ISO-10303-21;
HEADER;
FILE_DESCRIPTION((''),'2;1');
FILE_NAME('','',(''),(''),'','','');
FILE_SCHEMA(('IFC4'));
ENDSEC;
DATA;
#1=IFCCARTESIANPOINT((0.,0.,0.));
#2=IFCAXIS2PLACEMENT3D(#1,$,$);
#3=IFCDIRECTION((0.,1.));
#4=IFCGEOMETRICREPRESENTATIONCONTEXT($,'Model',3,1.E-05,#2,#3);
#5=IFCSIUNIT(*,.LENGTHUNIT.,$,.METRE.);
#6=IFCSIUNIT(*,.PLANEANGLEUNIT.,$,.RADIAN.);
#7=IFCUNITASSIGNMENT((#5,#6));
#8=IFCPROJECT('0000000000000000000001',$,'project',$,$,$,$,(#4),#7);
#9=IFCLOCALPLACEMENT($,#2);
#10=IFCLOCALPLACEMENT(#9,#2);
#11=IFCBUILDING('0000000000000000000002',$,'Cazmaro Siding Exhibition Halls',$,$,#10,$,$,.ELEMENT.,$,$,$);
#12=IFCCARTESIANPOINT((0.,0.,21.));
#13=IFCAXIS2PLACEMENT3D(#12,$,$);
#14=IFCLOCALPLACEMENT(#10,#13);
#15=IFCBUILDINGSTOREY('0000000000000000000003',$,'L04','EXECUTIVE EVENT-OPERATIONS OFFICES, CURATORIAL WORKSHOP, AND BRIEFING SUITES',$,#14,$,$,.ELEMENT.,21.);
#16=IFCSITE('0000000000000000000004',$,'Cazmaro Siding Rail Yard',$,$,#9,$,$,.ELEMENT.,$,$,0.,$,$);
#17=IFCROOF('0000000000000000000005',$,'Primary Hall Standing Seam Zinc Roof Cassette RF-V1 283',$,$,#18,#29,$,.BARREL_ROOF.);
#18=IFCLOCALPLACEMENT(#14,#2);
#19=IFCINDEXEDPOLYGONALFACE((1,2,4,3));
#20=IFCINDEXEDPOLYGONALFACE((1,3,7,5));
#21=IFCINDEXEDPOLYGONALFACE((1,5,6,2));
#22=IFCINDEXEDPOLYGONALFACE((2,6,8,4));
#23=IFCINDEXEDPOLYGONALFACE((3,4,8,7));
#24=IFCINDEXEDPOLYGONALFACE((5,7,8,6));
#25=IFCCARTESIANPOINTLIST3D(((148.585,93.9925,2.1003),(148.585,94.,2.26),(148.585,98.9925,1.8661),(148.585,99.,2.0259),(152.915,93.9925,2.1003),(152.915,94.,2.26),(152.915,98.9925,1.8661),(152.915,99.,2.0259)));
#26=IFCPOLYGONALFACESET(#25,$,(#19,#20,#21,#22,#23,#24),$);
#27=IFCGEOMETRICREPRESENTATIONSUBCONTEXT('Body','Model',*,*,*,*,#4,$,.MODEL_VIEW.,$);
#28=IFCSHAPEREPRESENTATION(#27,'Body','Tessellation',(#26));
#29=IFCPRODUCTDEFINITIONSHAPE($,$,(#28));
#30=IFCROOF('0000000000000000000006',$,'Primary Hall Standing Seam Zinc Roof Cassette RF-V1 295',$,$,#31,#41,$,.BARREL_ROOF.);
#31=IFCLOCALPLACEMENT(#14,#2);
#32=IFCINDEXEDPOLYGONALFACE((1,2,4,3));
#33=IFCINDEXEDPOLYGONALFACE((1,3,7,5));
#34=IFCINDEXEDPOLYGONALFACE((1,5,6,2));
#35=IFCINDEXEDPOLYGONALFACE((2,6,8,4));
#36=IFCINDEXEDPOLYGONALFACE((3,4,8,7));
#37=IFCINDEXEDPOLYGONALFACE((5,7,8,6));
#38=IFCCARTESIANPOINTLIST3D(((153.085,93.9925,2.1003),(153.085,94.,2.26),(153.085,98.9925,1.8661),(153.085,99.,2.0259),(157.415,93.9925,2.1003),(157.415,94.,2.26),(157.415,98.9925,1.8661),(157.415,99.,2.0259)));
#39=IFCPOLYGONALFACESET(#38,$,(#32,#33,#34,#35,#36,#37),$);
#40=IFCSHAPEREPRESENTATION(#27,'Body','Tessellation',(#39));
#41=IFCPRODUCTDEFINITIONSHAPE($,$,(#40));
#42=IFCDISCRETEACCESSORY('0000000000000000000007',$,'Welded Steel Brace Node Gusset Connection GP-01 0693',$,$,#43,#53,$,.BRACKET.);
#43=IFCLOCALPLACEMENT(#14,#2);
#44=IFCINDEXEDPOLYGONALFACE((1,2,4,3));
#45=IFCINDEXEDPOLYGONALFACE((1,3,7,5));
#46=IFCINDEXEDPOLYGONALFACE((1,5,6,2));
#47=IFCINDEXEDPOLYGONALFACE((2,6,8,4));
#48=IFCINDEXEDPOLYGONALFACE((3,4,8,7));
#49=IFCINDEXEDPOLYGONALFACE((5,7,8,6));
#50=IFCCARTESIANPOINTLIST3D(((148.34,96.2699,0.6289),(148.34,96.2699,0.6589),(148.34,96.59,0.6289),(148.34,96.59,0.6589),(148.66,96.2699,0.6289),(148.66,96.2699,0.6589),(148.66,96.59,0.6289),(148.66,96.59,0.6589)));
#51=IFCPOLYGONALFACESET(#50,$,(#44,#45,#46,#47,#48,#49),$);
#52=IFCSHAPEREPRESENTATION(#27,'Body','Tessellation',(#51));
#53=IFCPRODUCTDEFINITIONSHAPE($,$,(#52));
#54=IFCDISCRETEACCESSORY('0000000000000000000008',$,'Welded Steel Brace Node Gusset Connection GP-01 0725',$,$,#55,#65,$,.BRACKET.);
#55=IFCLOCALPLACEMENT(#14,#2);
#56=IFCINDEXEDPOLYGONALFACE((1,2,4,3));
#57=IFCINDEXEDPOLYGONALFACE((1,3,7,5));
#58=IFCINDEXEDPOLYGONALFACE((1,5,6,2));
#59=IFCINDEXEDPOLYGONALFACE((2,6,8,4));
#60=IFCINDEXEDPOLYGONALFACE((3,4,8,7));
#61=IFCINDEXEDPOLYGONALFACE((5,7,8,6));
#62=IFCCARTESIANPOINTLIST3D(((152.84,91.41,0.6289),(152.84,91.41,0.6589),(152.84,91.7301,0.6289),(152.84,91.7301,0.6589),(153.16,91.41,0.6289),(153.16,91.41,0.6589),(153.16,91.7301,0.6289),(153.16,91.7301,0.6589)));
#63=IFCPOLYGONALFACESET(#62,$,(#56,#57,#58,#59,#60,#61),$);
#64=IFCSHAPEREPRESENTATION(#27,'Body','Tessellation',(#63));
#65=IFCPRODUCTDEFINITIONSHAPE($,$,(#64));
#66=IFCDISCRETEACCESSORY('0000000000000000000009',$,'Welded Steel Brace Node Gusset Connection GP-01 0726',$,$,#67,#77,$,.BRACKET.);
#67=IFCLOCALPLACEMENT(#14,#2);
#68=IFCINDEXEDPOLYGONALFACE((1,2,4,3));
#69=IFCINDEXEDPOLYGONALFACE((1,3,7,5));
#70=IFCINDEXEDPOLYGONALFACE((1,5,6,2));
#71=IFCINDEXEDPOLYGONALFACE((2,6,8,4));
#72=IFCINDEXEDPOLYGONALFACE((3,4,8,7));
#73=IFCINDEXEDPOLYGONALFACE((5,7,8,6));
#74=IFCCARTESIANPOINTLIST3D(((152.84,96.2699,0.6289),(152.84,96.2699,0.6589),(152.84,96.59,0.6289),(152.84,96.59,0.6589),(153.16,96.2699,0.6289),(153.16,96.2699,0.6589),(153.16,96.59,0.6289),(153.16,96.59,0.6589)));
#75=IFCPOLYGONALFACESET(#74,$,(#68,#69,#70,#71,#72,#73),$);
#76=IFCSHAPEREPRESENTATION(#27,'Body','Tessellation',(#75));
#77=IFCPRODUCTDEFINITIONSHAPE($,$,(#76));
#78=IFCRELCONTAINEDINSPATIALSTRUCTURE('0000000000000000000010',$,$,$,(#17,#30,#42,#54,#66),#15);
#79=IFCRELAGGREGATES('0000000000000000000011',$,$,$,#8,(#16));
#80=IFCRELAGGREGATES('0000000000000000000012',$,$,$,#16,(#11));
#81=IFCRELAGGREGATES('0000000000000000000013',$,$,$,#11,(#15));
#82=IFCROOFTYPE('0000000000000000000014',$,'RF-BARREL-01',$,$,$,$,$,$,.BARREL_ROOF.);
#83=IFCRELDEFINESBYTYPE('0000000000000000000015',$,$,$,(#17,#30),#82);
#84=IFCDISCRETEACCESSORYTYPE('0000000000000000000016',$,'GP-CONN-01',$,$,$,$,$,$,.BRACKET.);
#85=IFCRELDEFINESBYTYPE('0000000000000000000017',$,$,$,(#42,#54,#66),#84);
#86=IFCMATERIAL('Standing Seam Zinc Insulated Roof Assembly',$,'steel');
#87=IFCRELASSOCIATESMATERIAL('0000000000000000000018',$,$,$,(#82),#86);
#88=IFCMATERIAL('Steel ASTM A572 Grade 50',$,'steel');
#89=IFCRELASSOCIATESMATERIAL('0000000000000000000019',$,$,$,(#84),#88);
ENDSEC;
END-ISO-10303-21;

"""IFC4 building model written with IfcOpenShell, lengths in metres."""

from ifc_helpers import new_model, si_unit, direction, frame, origin, origin_2d, place, context, subcontext, project, spatial, polyline, rectangle, outline, extrude, material, type_object, element, save


model = new_model("IFC4")

# Units and contexts
model_context = context("Model", 3, precision=1e-05, world=origin(), true_north=direction((0.0, 1.0)))
body_context = subcontext(model_context, "Body", "Model", "MODEL_VIEW")
ifc_project = project(units=[si_unit("LENGTHUNIT", "METRE"), si_unit("PLANEANGLEUNIT", "RADIAN")], contexts=[model_context])

# Site, building, storey
site_placement = place(None, origin())
site = spatial("IfcSite", under=ifc_project, at=site_placement, Name="Cazmaro Siding Rail Yard", CompositionType="ELEMENT", RefElevation=0.0)
building_placement = place(site_placement, origin())
building = spatial("IfcBuilding", under=site, at=building_placement, Name="Cazmaro Siding Exhibition Halls", CompositionType="ELEMENT")
storey_placement = place(building_placement, frame((0.0, 0.0, 21.0)))
storey = spatial("IfcBuildingStorey", under=building, at=storey_placement, Name="L04", Description="EXECUTIVE EVENT-OPERATIONS OFFICES, CURATORIAL WORKSHOP, AND BRIEFING SUITES", CompositionType="ELEMENT", Elevation=21.0)

# Roofs
ifc_material_1 = material(Name="Standing Seam Zinc Insulated Roof Assembly", Category="steel")
roof_type = type_object("IfcRoofType", Name="RF-BARREL-01", PredefinedType="BARREL_ROOF", material=ifc_material_1)
for number, where, z_axis, x_axis, name in (
    (1, (148.585, 94.0, 2.26), (0.0, 0.046775, 0.998905), (1.0, 0.0, 0.0), "Primary Hall Standing Seam Zinc Roof Cassette RF-V1 283"),
    (2, (153.085, 94.0, 2.26), (0.0, 0.046775, 0.998905), (1.0, 0.0, 0.0), "Primary Hall Standing Seam Zinc Roof Cassette RF-V1 295"),
):
    element("IfcRoof", number, at=place(storey_placement, frame(where, z_axis=z_axis, x_axis=x_axis)), inside=storey, type_object=roof_type, Name=name, PredefinedType="BARREL_ROOF", context=body_context, shape_type="SweptSolid", body=[
        extrude(outline(polyline([(0.0, 0.0), (4.3301, 0.0), (4.3301, 5.0055), (0.0, 5.0055), (0.0, 0.0)])), origin(), (0.0, 0.0, -1.0), 0.1599),
    ])

# Discrete accessories
ifc_material_2 = material(Name="Steel ASTM A572 Grade 50", Category="steel")
discrete_accessory_type = type_object("IfcDiscreteAccessoryType", Name="GP-CONN-01", PredefinedType="BRACKET", material=ifc_material_2)
for number, where, z_axis, x_axis, name in (
    (3, (148.5, 96.4299, 0.6289), (0.0, 0.0, 1.0), (1.0, 0.0, 0.0), "Welded Steel Brace Node Gusset Connection GP-01 0693"),
    (4, (153.0, 91.5701, 0.6289), (0.0, 0.0, 1.0), (1.0, 0.0, 0.0), "Welded Steel Brace Node Gusset Connection GP-01 0725"),
    (5, (153.0, 96.4299, 0.6289), (0.0, 0.0, 1.0), (1.0, 0.0, 0.0), "Welded Steel Brace Node Gusset Connection GP-01 0726"),
):
    element("IfcDiscreteAccessory", number, at=place(storey_placement, frame(where, z_axis=z_axis, x_axis=x_axis)), inside=storey, type_object=discrete_accessory_type, Name=name, PredefinedType="BRACKET", context=body_context, shape_type="SweptSolid", body=[
        extrude(rectangle(XDim=0.3201, YDim=0.3201, at=origin_2d()), origin(), (0.0, 0.0, 1.0), 0.03),
    ])

save(model, "model.ifc")
